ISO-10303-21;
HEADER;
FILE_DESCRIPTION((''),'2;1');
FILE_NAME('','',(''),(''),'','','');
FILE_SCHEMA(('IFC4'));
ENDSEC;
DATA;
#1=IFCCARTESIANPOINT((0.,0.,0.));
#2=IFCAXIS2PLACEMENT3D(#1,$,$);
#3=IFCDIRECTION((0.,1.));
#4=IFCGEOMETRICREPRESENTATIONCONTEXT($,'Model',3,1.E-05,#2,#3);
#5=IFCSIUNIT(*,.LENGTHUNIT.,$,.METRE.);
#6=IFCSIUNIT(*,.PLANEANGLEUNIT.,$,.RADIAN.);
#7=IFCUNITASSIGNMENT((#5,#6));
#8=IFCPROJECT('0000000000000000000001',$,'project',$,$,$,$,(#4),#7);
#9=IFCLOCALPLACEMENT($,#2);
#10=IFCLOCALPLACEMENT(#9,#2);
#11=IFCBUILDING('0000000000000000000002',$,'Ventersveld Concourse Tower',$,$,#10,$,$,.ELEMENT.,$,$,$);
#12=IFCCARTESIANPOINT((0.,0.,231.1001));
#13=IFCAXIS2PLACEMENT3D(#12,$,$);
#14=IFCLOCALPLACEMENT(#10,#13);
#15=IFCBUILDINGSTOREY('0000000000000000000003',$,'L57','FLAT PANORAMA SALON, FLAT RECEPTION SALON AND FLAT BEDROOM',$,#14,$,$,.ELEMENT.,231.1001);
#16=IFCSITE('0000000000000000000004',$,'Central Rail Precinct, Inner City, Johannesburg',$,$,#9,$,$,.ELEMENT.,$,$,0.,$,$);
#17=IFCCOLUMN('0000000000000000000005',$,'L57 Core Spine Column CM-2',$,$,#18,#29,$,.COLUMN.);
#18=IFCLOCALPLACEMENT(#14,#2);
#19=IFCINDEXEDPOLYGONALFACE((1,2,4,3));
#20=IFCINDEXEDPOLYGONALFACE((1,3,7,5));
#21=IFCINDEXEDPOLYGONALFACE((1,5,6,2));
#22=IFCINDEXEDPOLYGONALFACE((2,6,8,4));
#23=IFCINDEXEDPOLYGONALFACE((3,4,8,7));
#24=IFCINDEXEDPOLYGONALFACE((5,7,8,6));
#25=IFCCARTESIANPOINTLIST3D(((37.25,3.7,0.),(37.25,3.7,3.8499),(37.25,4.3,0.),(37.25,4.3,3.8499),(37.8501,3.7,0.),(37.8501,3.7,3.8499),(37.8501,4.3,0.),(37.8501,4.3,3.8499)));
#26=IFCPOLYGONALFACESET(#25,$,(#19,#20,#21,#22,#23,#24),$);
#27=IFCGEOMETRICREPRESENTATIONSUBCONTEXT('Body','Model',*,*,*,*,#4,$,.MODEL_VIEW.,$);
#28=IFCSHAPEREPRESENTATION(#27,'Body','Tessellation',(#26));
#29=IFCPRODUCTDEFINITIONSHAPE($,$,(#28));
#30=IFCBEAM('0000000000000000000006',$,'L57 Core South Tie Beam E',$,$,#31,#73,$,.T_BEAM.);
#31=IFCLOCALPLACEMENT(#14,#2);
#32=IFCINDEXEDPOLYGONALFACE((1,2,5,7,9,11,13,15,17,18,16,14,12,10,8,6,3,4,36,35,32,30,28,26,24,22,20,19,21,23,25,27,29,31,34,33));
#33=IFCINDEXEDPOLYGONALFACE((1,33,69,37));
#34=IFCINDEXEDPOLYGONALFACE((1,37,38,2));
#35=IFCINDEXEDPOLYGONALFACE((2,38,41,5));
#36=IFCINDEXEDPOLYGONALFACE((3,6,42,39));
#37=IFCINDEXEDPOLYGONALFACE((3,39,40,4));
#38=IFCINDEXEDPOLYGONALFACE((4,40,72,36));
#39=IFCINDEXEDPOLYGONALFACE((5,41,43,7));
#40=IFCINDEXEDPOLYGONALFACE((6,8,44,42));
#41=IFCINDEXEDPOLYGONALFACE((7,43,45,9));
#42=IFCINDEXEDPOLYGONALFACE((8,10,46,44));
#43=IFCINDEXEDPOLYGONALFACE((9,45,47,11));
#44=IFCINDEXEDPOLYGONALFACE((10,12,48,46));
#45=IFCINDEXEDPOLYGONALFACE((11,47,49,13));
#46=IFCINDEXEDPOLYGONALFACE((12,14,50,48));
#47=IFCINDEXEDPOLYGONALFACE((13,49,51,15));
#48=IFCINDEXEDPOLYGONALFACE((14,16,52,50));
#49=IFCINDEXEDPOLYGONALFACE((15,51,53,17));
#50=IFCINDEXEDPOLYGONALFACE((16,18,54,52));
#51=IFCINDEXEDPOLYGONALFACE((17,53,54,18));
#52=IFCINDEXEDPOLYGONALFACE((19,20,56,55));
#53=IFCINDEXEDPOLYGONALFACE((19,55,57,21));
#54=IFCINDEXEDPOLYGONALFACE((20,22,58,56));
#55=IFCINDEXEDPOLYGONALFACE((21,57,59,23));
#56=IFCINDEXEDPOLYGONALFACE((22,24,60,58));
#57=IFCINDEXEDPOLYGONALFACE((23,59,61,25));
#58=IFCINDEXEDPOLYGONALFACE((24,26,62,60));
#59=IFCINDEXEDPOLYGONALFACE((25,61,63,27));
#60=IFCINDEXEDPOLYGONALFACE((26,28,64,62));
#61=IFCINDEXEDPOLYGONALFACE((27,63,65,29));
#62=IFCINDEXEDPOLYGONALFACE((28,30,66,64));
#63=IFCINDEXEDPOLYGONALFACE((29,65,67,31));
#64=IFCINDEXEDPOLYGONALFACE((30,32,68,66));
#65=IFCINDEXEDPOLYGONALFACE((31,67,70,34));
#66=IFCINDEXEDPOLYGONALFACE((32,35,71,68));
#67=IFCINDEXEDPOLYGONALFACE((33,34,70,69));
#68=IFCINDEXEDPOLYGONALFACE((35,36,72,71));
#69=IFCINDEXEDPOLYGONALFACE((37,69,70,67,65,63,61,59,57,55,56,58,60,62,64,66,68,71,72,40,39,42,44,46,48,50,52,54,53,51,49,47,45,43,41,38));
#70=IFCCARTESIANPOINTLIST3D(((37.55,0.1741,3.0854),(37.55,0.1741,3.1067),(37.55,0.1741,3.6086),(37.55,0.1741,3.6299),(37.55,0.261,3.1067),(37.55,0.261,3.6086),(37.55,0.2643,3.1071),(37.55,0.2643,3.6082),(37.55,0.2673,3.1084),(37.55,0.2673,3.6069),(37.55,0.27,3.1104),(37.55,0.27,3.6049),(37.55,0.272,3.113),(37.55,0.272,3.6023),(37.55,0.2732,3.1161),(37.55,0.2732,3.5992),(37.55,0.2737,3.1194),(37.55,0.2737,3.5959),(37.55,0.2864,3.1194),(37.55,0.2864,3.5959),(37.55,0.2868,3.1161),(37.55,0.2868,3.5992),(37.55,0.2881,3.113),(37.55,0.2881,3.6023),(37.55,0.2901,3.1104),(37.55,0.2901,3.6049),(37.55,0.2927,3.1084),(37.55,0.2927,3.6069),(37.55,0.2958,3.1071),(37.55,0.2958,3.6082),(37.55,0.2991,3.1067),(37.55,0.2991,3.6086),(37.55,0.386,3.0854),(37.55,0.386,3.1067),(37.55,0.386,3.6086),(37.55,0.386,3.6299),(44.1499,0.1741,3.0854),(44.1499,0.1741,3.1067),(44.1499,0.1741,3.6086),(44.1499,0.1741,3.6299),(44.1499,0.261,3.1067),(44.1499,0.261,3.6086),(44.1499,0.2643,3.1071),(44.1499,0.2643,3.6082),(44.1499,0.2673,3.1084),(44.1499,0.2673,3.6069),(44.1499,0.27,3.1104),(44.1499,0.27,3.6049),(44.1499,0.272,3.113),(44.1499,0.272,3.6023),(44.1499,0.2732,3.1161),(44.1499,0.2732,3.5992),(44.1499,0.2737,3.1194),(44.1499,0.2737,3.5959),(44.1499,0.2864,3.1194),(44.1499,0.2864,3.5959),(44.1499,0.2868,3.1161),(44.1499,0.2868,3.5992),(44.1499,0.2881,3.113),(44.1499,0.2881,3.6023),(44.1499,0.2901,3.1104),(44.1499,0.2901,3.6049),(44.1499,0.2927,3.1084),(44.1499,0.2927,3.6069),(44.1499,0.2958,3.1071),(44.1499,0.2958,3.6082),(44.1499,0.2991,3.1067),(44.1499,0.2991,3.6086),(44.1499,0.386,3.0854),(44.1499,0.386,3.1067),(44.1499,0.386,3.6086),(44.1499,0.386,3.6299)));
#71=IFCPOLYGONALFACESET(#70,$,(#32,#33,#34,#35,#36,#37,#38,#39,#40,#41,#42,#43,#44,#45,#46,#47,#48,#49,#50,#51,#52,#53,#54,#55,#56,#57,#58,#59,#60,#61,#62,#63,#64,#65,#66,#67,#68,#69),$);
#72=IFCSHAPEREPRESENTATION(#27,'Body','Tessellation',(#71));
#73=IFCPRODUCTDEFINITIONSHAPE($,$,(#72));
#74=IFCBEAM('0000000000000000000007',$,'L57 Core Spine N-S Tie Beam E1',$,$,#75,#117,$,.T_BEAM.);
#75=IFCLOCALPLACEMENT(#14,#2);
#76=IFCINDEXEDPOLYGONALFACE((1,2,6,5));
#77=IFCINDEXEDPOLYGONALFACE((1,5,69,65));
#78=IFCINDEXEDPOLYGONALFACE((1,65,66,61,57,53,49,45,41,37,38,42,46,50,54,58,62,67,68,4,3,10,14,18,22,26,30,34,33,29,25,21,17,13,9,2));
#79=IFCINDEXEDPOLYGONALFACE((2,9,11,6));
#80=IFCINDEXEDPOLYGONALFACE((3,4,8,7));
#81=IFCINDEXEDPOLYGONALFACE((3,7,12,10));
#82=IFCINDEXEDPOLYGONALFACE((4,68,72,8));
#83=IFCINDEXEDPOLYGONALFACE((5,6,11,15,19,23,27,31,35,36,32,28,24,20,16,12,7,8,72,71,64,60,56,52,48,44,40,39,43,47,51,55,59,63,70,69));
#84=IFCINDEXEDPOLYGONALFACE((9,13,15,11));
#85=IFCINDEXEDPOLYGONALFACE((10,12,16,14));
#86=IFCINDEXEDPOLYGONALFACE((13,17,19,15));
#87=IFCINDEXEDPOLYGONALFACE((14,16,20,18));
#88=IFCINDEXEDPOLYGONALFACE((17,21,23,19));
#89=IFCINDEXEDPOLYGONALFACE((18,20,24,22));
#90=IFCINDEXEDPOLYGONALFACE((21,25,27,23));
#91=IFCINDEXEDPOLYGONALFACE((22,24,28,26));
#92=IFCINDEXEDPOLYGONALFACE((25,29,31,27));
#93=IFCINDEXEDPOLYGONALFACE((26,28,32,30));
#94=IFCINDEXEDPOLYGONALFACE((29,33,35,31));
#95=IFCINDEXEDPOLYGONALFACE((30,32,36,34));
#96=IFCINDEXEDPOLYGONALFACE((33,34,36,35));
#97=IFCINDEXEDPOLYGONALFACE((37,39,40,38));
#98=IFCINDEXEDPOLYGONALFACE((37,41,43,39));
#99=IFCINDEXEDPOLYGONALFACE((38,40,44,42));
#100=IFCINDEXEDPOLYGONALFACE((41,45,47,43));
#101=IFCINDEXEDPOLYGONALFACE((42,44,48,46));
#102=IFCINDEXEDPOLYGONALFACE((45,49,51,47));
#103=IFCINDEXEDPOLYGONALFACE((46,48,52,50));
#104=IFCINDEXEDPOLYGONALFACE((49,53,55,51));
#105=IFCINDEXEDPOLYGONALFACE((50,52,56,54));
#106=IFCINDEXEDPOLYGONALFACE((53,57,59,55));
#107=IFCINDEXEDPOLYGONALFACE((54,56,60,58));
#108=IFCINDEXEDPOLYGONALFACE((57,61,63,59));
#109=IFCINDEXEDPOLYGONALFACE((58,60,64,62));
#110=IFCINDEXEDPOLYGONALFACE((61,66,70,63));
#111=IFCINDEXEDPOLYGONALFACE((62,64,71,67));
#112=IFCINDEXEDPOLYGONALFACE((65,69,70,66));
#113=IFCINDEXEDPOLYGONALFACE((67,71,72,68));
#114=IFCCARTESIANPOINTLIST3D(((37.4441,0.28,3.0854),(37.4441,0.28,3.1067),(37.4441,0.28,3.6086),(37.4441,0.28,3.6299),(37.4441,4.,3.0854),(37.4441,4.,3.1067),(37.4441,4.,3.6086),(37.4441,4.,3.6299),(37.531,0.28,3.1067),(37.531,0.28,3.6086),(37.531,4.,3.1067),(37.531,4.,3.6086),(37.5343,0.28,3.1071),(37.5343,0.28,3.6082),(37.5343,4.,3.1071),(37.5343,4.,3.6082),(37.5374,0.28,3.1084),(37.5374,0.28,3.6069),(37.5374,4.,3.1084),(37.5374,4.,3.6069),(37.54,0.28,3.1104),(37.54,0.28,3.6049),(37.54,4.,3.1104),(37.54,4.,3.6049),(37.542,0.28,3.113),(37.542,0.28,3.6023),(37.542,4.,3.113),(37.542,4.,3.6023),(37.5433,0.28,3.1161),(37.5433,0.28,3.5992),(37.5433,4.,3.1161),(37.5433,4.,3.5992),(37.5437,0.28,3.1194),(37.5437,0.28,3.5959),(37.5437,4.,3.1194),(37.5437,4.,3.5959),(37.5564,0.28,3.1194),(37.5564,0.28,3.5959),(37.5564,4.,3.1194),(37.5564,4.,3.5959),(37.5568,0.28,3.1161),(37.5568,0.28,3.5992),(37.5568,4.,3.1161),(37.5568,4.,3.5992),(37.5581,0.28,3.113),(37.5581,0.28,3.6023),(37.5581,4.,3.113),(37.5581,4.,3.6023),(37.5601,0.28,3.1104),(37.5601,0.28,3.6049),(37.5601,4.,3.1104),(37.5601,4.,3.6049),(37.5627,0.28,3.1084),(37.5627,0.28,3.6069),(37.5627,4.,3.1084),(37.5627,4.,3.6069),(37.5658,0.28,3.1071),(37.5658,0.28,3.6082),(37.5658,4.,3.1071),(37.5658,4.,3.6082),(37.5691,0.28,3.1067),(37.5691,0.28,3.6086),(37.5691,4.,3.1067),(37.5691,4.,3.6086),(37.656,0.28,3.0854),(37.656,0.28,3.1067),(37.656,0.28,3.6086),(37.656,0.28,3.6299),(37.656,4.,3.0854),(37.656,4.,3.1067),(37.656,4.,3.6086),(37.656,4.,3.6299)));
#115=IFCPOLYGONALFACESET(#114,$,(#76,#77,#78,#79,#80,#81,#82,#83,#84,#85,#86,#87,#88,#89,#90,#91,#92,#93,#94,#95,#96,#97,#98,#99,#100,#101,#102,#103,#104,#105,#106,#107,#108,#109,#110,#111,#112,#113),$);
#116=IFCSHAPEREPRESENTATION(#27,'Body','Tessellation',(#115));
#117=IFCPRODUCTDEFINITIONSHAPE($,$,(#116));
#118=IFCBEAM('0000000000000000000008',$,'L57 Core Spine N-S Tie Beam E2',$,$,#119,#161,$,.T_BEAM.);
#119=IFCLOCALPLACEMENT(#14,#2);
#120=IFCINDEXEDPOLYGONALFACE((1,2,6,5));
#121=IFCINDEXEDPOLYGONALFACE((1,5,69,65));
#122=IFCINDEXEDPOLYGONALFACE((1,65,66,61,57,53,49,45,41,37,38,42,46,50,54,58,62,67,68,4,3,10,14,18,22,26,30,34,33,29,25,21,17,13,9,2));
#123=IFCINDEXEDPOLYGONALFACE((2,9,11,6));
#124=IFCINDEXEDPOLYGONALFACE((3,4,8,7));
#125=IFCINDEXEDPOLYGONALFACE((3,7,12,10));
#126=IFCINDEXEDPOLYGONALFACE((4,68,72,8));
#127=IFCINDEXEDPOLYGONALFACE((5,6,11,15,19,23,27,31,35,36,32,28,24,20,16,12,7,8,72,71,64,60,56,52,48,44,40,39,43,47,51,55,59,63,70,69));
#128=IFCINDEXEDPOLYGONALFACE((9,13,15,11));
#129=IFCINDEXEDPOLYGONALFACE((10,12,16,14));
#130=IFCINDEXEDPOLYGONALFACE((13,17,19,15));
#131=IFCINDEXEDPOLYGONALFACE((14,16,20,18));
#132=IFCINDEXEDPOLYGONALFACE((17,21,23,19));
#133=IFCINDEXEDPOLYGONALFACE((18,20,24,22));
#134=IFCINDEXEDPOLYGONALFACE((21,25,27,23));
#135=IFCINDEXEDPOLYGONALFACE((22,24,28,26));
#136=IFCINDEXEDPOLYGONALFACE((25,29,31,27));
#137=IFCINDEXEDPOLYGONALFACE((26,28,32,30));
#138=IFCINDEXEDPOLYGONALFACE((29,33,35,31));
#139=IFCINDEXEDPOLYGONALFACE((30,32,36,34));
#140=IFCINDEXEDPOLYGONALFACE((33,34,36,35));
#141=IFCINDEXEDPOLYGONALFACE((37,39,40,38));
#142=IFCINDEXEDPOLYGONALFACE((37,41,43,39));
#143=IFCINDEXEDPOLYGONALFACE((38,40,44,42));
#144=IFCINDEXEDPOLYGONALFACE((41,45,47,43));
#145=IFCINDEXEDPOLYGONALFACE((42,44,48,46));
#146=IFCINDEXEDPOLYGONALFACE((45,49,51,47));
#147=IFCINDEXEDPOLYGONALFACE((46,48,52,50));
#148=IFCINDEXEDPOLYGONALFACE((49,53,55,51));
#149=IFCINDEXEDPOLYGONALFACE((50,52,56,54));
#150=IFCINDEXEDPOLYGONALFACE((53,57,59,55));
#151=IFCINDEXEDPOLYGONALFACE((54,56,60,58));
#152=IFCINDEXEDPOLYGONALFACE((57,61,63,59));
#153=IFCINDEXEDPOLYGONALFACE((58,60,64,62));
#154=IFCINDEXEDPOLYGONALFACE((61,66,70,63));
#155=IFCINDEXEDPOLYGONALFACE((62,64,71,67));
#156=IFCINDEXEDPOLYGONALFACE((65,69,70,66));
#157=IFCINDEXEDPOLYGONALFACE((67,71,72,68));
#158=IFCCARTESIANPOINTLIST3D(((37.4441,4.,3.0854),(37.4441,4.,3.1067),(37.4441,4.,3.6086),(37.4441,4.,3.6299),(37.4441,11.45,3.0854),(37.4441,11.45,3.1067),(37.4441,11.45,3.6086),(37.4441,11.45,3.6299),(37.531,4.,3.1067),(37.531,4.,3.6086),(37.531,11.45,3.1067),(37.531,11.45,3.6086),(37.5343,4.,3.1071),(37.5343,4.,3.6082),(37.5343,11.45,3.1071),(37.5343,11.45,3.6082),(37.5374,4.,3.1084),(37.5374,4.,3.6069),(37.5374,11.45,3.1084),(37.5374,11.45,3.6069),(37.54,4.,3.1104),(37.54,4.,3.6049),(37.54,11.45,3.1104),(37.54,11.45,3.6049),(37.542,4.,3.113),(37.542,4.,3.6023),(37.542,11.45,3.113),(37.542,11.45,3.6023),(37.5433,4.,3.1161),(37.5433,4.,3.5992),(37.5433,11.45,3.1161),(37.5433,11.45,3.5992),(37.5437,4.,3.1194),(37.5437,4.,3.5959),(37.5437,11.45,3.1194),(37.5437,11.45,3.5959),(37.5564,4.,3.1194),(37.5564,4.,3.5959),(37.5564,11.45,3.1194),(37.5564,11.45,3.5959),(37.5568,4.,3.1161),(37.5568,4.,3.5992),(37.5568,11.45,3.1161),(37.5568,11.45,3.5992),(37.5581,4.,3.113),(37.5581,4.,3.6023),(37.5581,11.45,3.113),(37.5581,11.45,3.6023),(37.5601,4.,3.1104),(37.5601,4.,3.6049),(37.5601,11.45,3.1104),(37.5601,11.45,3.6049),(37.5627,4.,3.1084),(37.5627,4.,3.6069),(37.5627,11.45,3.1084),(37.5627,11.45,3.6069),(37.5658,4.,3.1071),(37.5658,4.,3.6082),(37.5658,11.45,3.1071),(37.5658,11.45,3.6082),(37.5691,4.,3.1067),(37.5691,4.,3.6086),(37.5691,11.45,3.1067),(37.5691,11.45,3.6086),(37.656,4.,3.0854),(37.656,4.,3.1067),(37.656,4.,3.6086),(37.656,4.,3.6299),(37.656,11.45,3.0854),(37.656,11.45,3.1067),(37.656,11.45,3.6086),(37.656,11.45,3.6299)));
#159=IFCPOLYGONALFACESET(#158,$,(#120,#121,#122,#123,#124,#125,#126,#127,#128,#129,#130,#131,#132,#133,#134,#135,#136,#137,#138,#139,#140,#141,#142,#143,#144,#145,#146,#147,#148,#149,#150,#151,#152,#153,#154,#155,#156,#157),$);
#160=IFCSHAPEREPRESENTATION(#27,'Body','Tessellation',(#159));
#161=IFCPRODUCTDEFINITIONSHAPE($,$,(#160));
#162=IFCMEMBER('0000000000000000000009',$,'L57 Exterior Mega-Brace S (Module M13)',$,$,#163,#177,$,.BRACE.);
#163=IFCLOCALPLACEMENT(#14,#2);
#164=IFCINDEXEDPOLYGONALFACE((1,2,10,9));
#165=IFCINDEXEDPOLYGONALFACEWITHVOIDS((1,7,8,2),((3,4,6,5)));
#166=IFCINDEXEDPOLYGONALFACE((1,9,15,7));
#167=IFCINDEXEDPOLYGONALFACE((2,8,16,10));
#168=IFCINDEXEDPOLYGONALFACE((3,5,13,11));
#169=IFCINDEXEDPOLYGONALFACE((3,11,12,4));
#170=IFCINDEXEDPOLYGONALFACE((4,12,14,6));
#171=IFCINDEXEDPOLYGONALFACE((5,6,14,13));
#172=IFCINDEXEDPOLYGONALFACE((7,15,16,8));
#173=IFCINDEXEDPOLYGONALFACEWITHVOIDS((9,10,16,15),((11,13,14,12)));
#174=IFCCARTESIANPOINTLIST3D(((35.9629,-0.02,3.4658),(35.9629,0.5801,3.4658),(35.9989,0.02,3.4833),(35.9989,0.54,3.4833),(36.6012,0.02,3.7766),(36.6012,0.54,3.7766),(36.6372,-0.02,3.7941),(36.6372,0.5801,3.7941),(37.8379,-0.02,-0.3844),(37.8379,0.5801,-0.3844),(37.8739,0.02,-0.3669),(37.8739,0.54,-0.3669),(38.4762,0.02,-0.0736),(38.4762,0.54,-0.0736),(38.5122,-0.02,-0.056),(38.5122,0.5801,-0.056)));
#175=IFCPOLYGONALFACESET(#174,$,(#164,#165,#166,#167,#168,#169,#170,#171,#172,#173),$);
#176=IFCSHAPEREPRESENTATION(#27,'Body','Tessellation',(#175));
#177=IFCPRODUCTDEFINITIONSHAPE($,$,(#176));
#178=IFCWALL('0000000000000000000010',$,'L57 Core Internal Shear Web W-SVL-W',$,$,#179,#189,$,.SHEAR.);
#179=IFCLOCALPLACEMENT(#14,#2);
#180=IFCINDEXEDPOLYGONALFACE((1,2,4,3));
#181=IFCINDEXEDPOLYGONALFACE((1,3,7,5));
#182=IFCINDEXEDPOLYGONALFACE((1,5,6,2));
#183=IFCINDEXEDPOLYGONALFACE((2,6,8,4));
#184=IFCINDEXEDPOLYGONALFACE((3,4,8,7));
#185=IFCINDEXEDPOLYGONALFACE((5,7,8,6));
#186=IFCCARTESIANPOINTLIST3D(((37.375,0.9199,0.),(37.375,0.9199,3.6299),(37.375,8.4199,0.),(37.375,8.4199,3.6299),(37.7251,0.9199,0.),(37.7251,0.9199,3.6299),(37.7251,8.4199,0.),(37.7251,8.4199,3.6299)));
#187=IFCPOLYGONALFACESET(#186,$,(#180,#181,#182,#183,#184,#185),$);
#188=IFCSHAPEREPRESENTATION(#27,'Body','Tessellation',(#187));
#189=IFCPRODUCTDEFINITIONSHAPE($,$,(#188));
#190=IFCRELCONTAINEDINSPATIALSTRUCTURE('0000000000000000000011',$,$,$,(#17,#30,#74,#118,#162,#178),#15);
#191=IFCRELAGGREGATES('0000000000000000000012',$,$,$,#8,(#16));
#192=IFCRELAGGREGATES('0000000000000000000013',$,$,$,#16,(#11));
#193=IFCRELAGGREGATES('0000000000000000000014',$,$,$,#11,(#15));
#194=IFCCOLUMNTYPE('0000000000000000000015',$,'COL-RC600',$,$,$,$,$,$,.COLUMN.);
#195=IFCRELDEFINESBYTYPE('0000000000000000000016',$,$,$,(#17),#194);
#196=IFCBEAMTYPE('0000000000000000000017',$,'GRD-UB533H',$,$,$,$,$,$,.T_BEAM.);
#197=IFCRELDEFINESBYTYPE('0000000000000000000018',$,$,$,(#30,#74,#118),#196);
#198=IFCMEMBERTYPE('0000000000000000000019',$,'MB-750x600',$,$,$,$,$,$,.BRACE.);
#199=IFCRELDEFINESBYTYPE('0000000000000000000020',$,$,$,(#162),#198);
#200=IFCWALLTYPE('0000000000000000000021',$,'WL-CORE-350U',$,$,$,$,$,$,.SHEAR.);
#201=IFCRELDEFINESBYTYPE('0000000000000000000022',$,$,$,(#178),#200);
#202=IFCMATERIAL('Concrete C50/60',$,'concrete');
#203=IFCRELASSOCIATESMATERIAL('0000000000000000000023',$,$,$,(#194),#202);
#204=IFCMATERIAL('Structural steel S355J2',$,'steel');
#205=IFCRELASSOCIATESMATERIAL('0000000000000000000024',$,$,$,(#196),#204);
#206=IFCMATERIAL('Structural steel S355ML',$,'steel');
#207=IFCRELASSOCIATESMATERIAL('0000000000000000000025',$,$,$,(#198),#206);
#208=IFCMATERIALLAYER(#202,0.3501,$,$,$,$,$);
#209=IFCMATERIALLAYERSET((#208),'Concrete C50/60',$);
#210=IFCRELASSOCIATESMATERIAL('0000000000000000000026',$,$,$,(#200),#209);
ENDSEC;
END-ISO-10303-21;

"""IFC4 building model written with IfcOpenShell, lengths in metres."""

from ifc_helpers import new_model, si_unit, direction, frame, frame_2d, origin, origin_2d, place, context, subcontext, project, spatial, rectangle, hollow_rectangle, i_section, extrude, material, layer, layer_set, material_profile, profile_set, type_object, element, save


model = new_model("IFC4")

# Units and contexts
model_context = context("Model", 3, precision=1e-05, world=origin(), true_north=direction((0.0, 1.0)))
body_context = subcontext(model_context, "Body", "Model", "MODEL_VIEW")
ifc_project = project(units=[si_unit("LENGTHUNIT", "METRE"), si_unit("PLANEANGLEUNIT", "RADIAN")], contexts=[model_context])

# Site, building, storey
site_placement = place(None, origin())
site = spatial("IfcSite", under=ifc_project, at=site_placement, Name="Central Rail Precinct, Inner City, Johannesburg", CompositionType="ELEMENT", RefElevation=0.0)
building_placement = place(site_placement, origin())
building = spatial("IfcBuilding", under=site, at=building_placement, Name="Ventersveld Concourse Tower", CompositionType="ELEMENT")
storey_placement = place(building_placement, frame((0.0, 0.0, 231.1001)))
storey = spatial("IfcBuildingStorey", under=building, at=storey_placement, Name="L57", Description="FLAT PANORAMA SALON, FLAT RECEPTION SALON AND FLAT BEDROOM", CompositionType="ELEMENT", Elevation=231.1001)

# Column
ifc_material_1 = material(Name="Concrete C50/60", Category="concrete")
ifc_material_profile_1 = material_profile(ifc_material_1, rectangle(XDim=0.6001, YDim=0.6001, at=origin_2d()), Name="RC 600x600")
ifc_profile_set_1 = profile_set([ifc_material_profile_1], Name="Concrete C50/60")
column_type = type_object("IfcColumnType", Name="COL-RC600", PredefinedType="COLUMN", material=ifc_profile_set_1)
column_placement = place(storey_placement, frame((37.55, 4.0, 0.0), z_axis=(0.0, 0.0, 1.0), x_axis=(1.0, 0.0, 0.0)))
element("IfcColumn", 1, at=column_placement, inside=storey, type_object=column_type, Name="L57 Core Spine Column CM-2", PredefinedType="COLUMN", context=body_context, shape_type="SweptSolid", body=[
    extrude(rectangle(XDim=0.6001, YDim=0.6001, at=origin_2d()), origin(), (0.0, 0.0, 1.0), 3.8499),
])

# Beams
ifc_material_2 = material(Name="Structural steel S355J2", Category="steel")
ifc_material_profile_2 = material_profile(ifc_material_2, i_section(OverallWidth=0.2119, OverallDepth=0.5444, WebThickness=0.0127, FlangeThickness=0.0212, FilletRadius=0.0127, at=origin_2d()), Name="UB 533x210x122")
ifc_profile_set_2 = profile_set([ifc_material_profile_2], Name="Structural steel S355J2")
beam_type = type_object("IfcBeamType", Name="GRD-UB533H", PredefinedType="T_BEAM", material=ifc_profile_set_2)
beam_1_placement = place(storey_placement, frame((37.55, 0.28, 3.3577), z_axis=(1.0, 0.0, 0.0), x_axis=(0.0, 1.0, 0.0)))
element("IfcBeam", 2, at=beam_1_placement, inside=storey, type_object=beam_type, Name="L57 Core South Tie Beam E", PredefinedType="T_BEAM", context=body_context, shape_type="SweptSolid", body=[
    extrude(i_section(OverallWidth=0.2119, OverallDepth=0.5444, WebThickness=0.0127, FlangeThickness=0.0212, FilletRadius=0.0127, at=origin_2d()), origin(), (0.0, 0.0, 1.0), 6.5999),
])
beam_2_placement = place(storey_placement, frame((37.55, 0.28, 3.3577), z_axis=(0.0, 1.0, 0.0), x_axis=(-1.0, 0.0, 0.0)))
element("IfcBeam", 3, at=beam_2_placement, inside=storey, type_object=beam_type, Name="L57 Core Spine N-S Tie Beam E1", PredefinedType="T_BEAM", context=body_context, shape_type="SweptSolid", body=[
    extrude(i_section(OverallWidth=0.2119, OverallDepth=0.5444, WebThickness=0.0127, FlangeThickness=0.0212, FilletRadius=0.0127, at=origin_2d()), origin(), (0.0, 0.0, 1.0), 3.72),
])
beam_3_placement = place(storey_placement, frame((37.55, 4.0, 3.3577), z_axis=(0.0, 1.0, 0.0), x_axis=(-1.0, 0.0, 0.0)))
element("IfcBeam", 4, at=beam_3_placement, inside=storey, type_object=beam_type, Name="L57 Core Spine N-S Tie Beam E2", PredefinedType="T_BEAM", context=body_context, shape_type="SweptSolid", body=[
    extrude(i_section(OverallWidth=0.2119, OverallDepth=0.5444, WebThickness=0.0127, FlangeThickness=0.0212, FilletRadius=0.0127, at=origin_2d()), origin(), (0.0, 0.0, 1.0), 7.45),
])

# Member
ifc_material_3 = material(Name="Structural steel S355ML", Category="steel")
ifc_material_profile_3 = material_profile(ifc_material_3, hollow_rectangle(XDim=0.6001, YDim=0.75, WallThickness=0.04, at=origin_2d()), Name="BOX 750x600x40")
ifc_profile_set_3 = profile_set([ifc_material_profile_3], Name="Structural steel S355ML")
member_type = type_object("IfcMemberType", Name="MB-750x600", PredefinedType="BRACE", material=ifc_profile_set_3)
member_placement = place(storey_placement, frame((38.175, 0.28, -0.2202), z_axis=(-0.437839, 0.0, 0.899053), x_axis=(0.0, -1.0, 0.0)))
element("IfcMember", 5, at=member_placement, inside=storey, type_object=member_type, Name="L57 Exterior Mega-Brace S (Module M13)", PredefinedType="BRACE", context=body_context, shape_type="SweptSolid", body=[
    extrude(hollow_rectangle(XDim=0.6001, YDim=0.75, WallThickness=0.04, at=origin_2d()), origin(), (0.0, 0.0, 1.0), 4.2825),
])

# Wall
ifc_layer_1 = layer(ifc_material_1, 0.3501)
ifc_layer_set_1 = layer_set([ifc_layer_1], Name="Concrete C50/60")
wall_type_1 = type_object("IfcWallType", Name="WL-CORE-350U", PredefinedType="SHEAR", material=ifc_layer_set_1)
for number, where, z_axis, x_axis, name in (
    (6, (37.55, 0.9199, 0.0), (0.0, 0.0, 1.0), (0.0, 1.0, 0.0), "L57 Core Internal Shear Web W-SVL-W"),
):
    element("IfcWall", number, at=place(storey_placement, frame(where, z_axis=z_axis, x_axis=x_axis)), inside=storey, type_object=wall_type_1, Name=name, PredefinedType="SHEAR", context=body_context, shape_type="SweptSolid", body=[
        extrude(rectangle(XDim=7.5, YDim=0.3501, at=frame_2d((3.75, 0.0))), origin(), (0.0, 0.0, 1.0), 3.6299),
    ])

save(model, "model.ifc")
